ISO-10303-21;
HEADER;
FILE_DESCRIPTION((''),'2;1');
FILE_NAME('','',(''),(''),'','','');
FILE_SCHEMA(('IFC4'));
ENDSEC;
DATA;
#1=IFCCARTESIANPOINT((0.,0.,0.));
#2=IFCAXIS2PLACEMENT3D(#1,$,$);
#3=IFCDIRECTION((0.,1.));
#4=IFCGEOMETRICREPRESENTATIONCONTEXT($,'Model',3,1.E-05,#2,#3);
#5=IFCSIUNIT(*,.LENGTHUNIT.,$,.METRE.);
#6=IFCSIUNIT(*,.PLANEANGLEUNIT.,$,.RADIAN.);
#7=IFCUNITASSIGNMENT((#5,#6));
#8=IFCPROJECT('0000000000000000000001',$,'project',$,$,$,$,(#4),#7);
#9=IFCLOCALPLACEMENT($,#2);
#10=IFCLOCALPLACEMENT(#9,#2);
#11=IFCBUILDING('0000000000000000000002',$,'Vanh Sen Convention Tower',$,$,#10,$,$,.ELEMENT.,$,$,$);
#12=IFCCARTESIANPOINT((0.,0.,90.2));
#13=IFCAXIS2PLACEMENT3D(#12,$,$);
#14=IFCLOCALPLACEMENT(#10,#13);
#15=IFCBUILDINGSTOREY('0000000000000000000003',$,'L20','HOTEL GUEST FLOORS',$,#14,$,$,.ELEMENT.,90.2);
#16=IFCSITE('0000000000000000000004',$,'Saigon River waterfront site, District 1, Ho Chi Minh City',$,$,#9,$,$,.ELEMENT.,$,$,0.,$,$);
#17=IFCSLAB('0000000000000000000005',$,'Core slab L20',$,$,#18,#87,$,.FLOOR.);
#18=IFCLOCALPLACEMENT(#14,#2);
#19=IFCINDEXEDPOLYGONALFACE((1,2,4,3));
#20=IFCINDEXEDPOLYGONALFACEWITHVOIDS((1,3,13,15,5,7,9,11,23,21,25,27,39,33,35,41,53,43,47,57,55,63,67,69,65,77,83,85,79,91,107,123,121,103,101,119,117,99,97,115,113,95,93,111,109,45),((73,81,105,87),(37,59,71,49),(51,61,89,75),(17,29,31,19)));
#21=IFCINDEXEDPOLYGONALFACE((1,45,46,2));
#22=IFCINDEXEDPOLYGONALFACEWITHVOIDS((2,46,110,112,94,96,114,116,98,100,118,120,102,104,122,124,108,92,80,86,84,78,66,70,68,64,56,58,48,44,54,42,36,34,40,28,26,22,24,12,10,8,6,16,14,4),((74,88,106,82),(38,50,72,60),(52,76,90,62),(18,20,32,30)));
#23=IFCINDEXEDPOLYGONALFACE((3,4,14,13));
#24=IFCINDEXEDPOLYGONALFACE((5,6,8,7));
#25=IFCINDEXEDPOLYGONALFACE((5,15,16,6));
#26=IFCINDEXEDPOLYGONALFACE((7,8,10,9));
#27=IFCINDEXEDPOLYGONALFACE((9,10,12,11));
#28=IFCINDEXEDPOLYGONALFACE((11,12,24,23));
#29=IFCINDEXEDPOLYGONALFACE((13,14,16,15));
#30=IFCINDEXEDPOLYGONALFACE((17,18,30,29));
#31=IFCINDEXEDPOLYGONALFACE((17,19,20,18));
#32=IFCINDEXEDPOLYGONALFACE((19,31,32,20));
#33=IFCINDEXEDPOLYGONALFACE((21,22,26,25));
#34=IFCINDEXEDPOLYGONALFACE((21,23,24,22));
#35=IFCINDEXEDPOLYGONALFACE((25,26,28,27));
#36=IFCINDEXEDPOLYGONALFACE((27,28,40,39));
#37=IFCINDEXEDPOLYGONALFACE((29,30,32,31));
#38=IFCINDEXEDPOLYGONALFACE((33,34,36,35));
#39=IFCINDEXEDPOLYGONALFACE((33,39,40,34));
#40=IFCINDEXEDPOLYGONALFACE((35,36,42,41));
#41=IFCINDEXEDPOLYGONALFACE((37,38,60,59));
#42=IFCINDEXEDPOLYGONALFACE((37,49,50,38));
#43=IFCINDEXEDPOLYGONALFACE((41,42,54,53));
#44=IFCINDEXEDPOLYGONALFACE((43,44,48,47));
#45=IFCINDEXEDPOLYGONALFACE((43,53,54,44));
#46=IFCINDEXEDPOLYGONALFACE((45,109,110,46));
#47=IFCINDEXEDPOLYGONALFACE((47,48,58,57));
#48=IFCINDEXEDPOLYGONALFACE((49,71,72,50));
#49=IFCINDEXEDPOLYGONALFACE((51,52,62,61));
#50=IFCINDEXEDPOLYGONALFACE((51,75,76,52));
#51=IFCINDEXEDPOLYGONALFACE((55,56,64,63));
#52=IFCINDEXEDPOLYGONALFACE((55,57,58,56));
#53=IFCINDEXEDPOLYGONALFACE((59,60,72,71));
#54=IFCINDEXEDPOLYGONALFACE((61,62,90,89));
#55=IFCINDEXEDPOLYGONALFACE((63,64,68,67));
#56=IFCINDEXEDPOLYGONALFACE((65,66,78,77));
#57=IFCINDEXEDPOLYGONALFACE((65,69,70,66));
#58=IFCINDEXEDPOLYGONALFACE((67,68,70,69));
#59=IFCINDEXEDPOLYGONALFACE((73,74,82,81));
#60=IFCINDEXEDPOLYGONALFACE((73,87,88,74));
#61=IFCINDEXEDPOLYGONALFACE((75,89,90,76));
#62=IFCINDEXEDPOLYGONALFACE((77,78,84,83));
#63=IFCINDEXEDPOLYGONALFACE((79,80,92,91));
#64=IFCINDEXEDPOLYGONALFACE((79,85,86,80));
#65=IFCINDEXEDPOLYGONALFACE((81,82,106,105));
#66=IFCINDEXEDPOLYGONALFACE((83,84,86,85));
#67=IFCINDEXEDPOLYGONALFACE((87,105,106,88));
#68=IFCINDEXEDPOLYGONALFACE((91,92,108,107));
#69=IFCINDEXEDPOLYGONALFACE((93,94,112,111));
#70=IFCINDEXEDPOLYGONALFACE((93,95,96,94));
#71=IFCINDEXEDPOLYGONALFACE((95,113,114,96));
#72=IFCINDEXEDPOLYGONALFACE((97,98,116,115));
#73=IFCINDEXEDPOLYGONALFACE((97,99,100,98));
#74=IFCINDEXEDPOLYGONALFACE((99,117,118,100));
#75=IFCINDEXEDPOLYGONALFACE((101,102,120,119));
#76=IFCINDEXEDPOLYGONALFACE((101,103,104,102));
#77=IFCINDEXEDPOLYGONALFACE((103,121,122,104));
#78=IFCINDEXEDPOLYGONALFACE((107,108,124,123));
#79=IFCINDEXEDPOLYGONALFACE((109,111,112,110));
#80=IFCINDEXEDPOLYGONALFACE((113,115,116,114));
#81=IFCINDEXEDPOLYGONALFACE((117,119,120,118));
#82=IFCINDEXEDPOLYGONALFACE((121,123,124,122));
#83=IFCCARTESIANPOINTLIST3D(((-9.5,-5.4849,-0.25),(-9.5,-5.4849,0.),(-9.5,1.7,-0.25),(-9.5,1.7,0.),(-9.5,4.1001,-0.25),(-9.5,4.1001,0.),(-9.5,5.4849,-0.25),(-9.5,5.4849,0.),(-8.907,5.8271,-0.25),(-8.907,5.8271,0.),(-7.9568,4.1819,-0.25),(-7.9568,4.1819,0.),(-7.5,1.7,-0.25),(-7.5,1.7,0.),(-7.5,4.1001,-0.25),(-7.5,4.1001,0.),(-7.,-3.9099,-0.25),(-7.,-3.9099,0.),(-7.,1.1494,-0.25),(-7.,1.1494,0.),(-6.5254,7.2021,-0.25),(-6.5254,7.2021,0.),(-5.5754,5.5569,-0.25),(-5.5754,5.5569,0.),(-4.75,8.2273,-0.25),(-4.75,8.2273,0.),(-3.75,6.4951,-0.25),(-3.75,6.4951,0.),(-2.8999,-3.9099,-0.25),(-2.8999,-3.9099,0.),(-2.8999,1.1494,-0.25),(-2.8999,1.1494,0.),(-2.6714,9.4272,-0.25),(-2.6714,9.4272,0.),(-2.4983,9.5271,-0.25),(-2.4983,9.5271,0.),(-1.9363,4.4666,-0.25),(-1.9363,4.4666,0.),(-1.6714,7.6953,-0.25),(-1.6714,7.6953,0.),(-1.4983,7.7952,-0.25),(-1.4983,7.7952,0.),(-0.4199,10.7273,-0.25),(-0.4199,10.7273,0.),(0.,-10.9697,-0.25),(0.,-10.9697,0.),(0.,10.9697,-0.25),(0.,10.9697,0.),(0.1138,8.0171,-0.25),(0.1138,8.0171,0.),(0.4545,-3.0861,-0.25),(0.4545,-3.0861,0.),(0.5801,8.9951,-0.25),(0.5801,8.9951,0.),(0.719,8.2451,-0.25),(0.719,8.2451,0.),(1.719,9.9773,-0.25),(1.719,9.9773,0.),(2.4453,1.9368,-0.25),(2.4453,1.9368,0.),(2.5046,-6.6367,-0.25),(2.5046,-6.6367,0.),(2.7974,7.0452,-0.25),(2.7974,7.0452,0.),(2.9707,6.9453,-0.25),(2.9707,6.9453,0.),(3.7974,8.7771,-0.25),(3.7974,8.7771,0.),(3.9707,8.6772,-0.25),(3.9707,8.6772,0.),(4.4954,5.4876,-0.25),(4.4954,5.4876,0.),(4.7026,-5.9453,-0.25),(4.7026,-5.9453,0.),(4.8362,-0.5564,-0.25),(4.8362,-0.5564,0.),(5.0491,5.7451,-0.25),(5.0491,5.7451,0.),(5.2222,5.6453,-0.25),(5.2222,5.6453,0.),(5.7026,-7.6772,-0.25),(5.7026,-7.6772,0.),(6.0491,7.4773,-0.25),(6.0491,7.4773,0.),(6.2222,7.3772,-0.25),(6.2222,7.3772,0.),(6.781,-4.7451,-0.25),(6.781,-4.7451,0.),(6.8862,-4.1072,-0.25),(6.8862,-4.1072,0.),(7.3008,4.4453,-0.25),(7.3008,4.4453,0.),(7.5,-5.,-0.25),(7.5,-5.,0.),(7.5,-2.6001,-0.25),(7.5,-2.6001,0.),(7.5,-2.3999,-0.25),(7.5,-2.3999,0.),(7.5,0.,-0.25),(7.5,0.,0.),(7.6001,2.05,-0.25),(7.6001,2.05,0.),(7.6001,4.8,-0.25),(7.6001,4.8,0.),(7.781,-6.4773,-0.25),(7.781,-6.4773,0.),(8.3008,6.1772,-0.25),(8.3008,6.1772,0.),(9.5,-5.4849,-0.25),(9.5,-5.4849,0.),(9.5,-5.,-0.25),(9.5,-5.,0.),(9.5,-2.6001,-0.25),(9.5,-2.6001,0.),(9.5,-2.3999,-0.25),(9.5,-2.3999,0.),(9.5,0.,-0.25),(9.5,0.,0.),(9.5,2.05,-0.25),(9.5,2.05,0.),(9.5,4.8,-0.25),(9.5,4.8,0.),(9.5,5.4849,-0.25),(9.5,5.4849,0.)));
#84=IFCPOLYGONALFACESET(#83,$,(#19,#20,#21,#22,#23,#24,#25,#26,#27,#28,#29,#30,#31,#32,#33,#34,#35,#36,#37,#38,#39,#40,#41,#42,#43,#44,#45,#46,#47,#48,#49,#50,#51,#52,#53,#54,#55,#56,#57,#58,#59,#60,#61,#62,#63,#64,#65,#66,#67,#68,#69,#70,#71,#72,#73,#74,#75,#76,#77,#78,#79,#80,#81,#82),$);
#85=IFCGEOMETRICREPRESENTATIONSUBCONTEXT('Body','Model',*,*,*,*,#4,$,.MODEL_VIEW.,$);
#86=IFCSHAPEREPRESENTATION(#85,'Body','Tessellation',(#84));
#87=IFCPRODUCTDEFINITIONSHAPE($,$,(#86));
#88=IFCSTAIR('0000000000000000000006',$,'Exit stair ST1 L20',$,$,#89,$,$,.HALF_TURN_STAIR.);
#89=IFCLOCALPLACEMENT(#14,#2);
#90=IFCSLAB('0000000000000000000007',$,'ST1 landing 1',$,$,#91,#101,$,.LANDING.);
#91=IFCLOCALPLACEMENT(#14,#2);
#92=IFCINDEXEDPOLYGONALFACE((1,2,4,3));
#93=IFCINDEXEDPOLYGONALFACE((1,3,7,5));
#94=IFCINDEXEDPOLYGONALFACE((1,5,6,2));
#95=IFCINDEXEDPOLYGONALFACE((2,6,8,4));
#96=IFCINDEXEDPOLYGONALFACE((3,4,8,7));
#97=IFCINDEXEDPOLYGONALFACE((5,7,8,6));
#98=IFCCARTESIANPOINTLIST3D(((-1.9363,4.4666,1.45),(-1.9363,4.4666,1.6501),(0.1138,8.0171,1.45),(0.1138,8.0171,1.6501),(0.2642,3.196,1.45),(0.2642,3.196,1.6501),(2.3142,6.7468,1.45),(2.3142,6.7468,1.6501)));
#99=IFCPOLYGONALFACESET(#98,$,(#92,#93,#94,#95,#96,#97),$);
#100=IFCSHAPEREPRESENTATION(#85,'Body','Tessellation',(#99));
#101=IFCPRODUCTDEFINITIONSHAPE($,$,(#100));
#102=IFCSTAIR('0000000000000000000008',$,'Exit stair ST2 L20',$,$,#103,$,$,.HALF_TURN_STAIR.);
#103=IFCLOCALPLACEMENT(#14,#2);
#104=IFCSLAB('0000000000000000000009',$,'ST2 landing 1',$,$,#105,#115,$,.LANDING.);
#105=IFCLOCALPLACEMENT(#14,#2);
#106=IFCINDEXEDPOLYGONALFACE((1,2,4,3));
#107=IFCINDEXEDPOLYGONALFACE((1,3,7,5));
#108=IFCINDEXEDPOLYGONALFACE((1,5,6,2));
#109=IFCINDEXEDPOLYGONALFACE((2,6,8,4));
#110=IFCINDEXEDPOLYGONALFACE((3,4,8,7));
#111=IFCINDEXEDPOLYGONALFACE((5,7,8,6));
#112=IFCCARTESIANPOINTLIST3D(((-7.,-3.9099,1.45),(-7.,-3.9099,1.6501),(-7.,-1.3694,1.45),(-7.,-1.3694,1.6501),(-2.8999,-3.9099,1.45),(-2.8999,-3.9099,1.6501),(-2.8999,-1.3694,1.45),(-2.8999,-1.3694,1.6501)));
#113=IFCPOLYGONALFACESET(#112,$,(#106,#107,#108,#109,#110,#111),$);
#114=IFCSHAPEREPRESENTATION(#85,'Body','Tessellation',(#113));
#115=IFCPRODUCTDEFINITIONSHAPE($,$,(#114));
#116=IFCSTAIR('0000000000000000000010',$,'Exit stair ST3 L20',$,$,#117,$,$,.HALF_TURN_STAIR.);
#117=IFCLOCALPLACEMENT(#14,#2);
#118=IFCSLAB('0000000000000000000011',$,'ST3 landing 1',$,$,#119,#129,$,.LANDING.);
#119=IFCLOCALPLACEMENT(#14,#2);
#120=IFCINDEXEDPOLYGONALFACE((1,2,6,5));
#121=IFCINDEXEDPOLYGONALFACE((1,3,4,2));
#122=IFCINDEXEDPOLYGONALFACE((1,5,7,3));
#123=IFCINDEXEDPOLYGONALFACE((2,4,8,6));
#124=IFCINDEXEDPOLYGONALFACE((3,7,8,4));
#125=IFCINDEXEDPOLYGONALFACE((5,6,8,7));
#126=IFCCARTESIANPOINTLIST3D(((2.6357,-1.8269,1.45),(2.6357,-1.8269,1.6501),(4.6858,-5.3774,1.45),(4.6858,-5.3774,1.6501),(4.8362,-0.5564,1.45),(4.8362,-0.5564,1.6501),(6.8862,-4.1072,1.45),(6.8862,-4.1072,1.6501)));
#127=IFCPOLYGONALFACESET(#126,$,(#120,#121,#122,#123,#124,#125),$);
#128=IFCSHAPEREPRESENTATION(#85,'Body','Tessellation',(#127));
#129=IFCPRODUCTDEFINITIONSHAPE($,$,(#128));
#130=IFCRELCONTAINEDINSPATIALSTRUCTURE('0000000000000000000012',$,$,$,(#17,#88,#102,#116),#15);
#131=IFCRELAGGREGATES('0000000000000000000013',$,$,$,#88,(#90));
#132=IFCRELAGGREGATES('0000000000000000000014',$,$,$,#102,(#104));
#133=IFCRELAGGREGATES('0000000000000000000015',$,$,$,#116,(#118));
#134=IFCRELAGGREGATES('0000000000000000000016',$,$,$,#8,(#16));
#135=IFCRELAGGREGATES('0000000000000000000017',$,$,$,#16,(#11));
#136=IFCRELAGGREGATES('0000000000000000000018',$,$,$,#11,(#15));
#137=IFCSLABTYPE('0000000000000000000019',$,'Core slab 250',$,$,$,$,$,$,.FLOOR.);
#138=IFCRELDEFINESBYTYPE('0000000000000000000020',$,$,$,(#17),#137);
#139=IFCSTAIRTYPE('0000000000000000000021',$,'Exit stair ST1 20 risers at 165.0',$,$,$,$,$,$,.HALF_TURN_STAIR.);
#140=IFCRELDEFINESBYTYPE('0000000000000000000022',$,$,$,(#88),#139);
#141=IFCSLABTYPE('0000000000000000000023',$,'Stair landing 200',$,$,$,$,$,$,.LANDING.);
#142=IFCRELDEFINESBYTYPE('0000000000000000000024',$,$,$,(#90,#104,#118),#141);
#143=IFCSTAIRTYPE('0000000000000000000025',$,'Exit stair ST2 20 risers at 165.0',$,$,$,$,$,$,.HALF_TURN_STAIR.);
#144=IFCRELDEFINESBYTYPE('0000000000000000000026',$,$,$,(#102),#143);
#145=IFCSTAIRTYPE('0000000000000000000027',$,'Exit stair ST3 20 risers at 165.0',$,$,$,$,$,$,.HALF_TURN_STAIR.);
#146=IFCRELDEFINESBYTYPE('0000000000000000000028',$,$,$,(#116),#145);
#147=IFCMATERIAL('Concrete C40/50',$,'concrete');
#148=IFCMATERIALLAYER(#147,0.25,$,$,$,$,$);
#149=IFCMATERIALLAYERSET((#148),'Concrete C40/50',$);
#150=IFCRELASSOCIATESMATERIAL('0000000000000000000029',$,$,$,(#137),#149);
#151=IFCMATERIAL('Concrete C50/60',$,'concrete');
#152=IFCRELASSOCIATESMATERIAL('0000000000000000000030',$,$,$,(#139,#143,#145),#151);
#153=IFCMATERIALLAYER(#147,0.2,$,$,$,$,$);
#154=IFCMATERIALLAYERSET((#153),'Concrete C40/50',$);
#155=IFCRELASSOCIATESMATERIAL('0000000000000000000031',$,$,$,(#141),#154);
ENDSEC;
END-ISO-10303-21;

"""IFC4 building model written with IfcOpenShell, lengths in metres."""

from ifc_helpers import new_model, si_unit, direction, frame, origin, place, context, subcontext, project, spatial, polyline, outline, extrude, material, layer, layer_set, type_object, element, aggregate, save


model = new_model("IFC4")

# Units and contexts
model_context = context("Model", 3, precision=1e-05, world=origin(), true_north=direction((0.0, 1.0)))
body_context = subcontext(model_context, "Body", "Model", "MODEL_VIEW")
ifc_project = project(units=[si_unit("LENGTHUNIT", "METRE"), si_unit("PLANEANGLEUNIT", "RADIAN")], contexts=[model_context])

# Site, building, storey
site_placement = place(None, origin())
site = spatial("IfcSite", under=ifc_project, at=site_placement, Name="Saigon River waterfront site, District 1, Ho Chi Minh City", CompositionType="ELEMENT", RefElevation=0.0)
building_placement = place(site_placement, origin())
building = spatial("IfcBuilding", under=site, at=building_placement, Name="Vanh Sen Convention Tower", CompositionType="ELEMENT")
storey_placement = place(building_placement, frame((0.0, 0.0, 90.2)))
storey = spatial("IfcBuildingStorey", under=building, at=storey_placement, Name="L20", Description="HOTEL GUEST FLOORS", CompositionType="ELEMENT", Elevation=90.2)

# Slab
ifc_material_1 = material(Name="Concrete C40/50", Category="concrete")
ifc_layer_1 = layer(ifc_material_1, 0.25)
ifc_layer_set_1 = layer_set([ifc_layer_1], Name="Concrete C40/50")
slab_type_1 = type_object("IfcSlabType", Name="Core slab 250", PredefinedType="FLOOR", material=ifc_layer_set_1)
slab_1_placement = place(storey_placement, frame((0.0, 0.0, -0.25)))
element("IfcSlab", 1, at=slab_1_placement, inside=storey, type_object=slab_type_1, Name="Core slab L20", PredefinedType="FLOOR", context=body_context, shape_type="SweptSolid", body=[
    extrude(outline(polyline([(9.5, 5.4849), (9.5, 4.8), (7.6001, 4.8), (7.6001, 2.05), (9.5, 2.05), (9.5, 0.0), (7.5, 0.0), (7.5, -2.3999), (9.5, -2.3999), (9.5, -2.6001), (7.5, -2.6001), (7.5, -5.0), (9.5, -5.0), (9.5, -5.4849), (0.0, -10.9697), (-9.5, -5.4849), (-9.5, 1.7), (-7.5, 1.7), (-7.5, 4.1001), (-9.5, 4.1001), (-9.5, 5.4849), (-8.907, 5.8271), (-7.9568, 4.1819), (-5.5754, 5.5569), (-6.5254, 7.2021), (-4.75, 8.2273), (-3.75, 6.4951), (-1.6714, 7.6953), (-2.6714, 9.4272), (-2.4983, 9.5271), (-1.4983, 7.7952), (0.5801, 8.9951), (-0.4199, 10.7273), (0.0, 10.9697), (1.719, 9.9773), (0.719, 8.2451), (2.7974, 7.0452), (3.7974, 8.7771), (3.9707, 8.6772), (2.9707, 6.9453), (5.0491, 5.7451), (6.0491, 7.4773), (6.2222, 7.3772), (5.2222, 5.6453), (7.3008, 4.4453), (8.3008, 6.1772), (9.5, 5.4849)]), holes=[polyline([(-7.0, 3.1499), (-7.0, -3.9099), (-2.8999, -3.9099), (-2.8999, 3.1499), (-2.8999, 1.1494), (-7.0, 1.1494), (-7.0, 3.1499)]), polyline([(4.4954, 5.4875), (6.228, 4.4873), (0.1138, 8.0171), (-1.9363, 4.4666), (2.4453, 1.9368), (4.4954, 5.4875)]), polyline([(7.781, -6.4773), (6.781, -4.7451), (4.7026, -5.9453), (5.7026, -7.6772), (7.781, -6.4773)]), polyline([(0.4546, -3.0862), (2.5046, -6.6367), (6.8862, -4.1072), (4.8362, -0.5564), (-1.2781, -4.0864), (0.4546, -3.0862)])]), origin(), (0.0, 0.0, 1.0), 0.25),
])

# Stairs, slabs
ifc_material_2 = material(Name="Concrete C50/60", Category="concrete")
stair_type_1 = type_object("IfcStairType", Name="Exit stair ST1 20 risers at 165.0", PredefinedType="HALF_TURN_STAIR", material=ifc_material_2)
stair_1_placement = place(storey_placement, origin())
stair_1 = element("IfcStair", 2, at=stair_1_placement, inside=storey, type_object=stair_type_1, Name="Exit stair ST1 L20", PredefinedType="HALF_TURN_STAIR")
ifc_layer_2 = layer(ifc_material_1, 0.2)
ifc_layer_set_2 = layer_set([ifc_layer_2], Name="Concrete C40/50")
slab_type_2 = type_object("IfcSlabType", Name="Stair landing 200", PredefinedType="LANDING", material=ifc_layer_set_2)
slab_2_placement = place(storey_placement, frame((0.0, 0.0, 1.45)))
slab_2 = element("IfcSlab", 3, at=slab_2_placement, type_object=slab_type_2, Name="ST1 landing 1", PredefinedType="LANDING", context=body_context, shape_type="SweptSolid", body=[
    extrude(outline(polyline([(2.3142, 6.7468), (0.1138, 8.0171), (-1.9363, 4.4666), (0.2642, 3.196), (2.3142, 6.7468)])), origin(), (0.0, 0.0, 1.0), 0.2002),
])
aggregate(stair_1, [slab_2])
stair_type_2 = type_object("IfcStairType", Name="Exit stair ST2 20 risers at 165.0", PredefinedType="HALF_TURN_STAIR", material=ifc_material_2)
stair_2_placement = place(storey_placement, origin())
stair_2 = element("IfcStair", 4, at=stair_2_placement, inside=storey, type_object=stair_type_2, Name="Exit stair ST2 L20", PredefinedType="HALF_TURN_STAIR")
slab_3_placement = place(storey_placement, frame((0.0, 0.0, 1.45)))
slab_3 = element("IfcSlab", 5, at=slab_3_placement, type_object=slab_type_2, Name="ST2 landing 1", PredefinedType="LANDING", context=body_context, shape_type="SweptSolid", body=[
    extrude(outline(polyline([(-7.0, -1.3694), (-7.0, -3.9099), (-2.8999, -3.9099), (-2.8999, -1.3694), (-7.0, -1.3694)])), origin(), (0.0, 0.0, 1.0), 0.2002),
])
aggregate(stair_2, [slab_3])
stair_type_3 = type_object("IfcStairType", Name="Exit stair ST3 20 risers at 165.0", PredefinedType="HALF_TURN_STAIR", material=ifc_material_2)
stair_3_placement = place(storey_placement, origin())
stair_3 = element("IfcStair", 6, at=stair_3_placement, inside=storey, type_object=stair_type_3, Name="Exit stair ST3 L20", PredefinedType="HALF_TURN_STAIR")
slab_4_placement = place(storey_placement, frame((0.0, 0.0, 1.45)))
slab_4 = element("IfcSlab", 7, at=slab_4_placement, type_object=slab_type_2, Name="ST3 landing 1", PredefinedType="LANDING", context=body_context, shape_type="SweptSolid", body=[
    extrude(outline(polyline([(4.6858, -5.3774), (6.8862, -4.1072), (4.8362, -0.5564), (2.6357, -1.8269), (4.6858, -5.3774)])), origin(), (0.0, 0.0, 1.0), 0.2002),
])
aggregate(stair_3, [slab_4])

save(model, "model.ifc")
